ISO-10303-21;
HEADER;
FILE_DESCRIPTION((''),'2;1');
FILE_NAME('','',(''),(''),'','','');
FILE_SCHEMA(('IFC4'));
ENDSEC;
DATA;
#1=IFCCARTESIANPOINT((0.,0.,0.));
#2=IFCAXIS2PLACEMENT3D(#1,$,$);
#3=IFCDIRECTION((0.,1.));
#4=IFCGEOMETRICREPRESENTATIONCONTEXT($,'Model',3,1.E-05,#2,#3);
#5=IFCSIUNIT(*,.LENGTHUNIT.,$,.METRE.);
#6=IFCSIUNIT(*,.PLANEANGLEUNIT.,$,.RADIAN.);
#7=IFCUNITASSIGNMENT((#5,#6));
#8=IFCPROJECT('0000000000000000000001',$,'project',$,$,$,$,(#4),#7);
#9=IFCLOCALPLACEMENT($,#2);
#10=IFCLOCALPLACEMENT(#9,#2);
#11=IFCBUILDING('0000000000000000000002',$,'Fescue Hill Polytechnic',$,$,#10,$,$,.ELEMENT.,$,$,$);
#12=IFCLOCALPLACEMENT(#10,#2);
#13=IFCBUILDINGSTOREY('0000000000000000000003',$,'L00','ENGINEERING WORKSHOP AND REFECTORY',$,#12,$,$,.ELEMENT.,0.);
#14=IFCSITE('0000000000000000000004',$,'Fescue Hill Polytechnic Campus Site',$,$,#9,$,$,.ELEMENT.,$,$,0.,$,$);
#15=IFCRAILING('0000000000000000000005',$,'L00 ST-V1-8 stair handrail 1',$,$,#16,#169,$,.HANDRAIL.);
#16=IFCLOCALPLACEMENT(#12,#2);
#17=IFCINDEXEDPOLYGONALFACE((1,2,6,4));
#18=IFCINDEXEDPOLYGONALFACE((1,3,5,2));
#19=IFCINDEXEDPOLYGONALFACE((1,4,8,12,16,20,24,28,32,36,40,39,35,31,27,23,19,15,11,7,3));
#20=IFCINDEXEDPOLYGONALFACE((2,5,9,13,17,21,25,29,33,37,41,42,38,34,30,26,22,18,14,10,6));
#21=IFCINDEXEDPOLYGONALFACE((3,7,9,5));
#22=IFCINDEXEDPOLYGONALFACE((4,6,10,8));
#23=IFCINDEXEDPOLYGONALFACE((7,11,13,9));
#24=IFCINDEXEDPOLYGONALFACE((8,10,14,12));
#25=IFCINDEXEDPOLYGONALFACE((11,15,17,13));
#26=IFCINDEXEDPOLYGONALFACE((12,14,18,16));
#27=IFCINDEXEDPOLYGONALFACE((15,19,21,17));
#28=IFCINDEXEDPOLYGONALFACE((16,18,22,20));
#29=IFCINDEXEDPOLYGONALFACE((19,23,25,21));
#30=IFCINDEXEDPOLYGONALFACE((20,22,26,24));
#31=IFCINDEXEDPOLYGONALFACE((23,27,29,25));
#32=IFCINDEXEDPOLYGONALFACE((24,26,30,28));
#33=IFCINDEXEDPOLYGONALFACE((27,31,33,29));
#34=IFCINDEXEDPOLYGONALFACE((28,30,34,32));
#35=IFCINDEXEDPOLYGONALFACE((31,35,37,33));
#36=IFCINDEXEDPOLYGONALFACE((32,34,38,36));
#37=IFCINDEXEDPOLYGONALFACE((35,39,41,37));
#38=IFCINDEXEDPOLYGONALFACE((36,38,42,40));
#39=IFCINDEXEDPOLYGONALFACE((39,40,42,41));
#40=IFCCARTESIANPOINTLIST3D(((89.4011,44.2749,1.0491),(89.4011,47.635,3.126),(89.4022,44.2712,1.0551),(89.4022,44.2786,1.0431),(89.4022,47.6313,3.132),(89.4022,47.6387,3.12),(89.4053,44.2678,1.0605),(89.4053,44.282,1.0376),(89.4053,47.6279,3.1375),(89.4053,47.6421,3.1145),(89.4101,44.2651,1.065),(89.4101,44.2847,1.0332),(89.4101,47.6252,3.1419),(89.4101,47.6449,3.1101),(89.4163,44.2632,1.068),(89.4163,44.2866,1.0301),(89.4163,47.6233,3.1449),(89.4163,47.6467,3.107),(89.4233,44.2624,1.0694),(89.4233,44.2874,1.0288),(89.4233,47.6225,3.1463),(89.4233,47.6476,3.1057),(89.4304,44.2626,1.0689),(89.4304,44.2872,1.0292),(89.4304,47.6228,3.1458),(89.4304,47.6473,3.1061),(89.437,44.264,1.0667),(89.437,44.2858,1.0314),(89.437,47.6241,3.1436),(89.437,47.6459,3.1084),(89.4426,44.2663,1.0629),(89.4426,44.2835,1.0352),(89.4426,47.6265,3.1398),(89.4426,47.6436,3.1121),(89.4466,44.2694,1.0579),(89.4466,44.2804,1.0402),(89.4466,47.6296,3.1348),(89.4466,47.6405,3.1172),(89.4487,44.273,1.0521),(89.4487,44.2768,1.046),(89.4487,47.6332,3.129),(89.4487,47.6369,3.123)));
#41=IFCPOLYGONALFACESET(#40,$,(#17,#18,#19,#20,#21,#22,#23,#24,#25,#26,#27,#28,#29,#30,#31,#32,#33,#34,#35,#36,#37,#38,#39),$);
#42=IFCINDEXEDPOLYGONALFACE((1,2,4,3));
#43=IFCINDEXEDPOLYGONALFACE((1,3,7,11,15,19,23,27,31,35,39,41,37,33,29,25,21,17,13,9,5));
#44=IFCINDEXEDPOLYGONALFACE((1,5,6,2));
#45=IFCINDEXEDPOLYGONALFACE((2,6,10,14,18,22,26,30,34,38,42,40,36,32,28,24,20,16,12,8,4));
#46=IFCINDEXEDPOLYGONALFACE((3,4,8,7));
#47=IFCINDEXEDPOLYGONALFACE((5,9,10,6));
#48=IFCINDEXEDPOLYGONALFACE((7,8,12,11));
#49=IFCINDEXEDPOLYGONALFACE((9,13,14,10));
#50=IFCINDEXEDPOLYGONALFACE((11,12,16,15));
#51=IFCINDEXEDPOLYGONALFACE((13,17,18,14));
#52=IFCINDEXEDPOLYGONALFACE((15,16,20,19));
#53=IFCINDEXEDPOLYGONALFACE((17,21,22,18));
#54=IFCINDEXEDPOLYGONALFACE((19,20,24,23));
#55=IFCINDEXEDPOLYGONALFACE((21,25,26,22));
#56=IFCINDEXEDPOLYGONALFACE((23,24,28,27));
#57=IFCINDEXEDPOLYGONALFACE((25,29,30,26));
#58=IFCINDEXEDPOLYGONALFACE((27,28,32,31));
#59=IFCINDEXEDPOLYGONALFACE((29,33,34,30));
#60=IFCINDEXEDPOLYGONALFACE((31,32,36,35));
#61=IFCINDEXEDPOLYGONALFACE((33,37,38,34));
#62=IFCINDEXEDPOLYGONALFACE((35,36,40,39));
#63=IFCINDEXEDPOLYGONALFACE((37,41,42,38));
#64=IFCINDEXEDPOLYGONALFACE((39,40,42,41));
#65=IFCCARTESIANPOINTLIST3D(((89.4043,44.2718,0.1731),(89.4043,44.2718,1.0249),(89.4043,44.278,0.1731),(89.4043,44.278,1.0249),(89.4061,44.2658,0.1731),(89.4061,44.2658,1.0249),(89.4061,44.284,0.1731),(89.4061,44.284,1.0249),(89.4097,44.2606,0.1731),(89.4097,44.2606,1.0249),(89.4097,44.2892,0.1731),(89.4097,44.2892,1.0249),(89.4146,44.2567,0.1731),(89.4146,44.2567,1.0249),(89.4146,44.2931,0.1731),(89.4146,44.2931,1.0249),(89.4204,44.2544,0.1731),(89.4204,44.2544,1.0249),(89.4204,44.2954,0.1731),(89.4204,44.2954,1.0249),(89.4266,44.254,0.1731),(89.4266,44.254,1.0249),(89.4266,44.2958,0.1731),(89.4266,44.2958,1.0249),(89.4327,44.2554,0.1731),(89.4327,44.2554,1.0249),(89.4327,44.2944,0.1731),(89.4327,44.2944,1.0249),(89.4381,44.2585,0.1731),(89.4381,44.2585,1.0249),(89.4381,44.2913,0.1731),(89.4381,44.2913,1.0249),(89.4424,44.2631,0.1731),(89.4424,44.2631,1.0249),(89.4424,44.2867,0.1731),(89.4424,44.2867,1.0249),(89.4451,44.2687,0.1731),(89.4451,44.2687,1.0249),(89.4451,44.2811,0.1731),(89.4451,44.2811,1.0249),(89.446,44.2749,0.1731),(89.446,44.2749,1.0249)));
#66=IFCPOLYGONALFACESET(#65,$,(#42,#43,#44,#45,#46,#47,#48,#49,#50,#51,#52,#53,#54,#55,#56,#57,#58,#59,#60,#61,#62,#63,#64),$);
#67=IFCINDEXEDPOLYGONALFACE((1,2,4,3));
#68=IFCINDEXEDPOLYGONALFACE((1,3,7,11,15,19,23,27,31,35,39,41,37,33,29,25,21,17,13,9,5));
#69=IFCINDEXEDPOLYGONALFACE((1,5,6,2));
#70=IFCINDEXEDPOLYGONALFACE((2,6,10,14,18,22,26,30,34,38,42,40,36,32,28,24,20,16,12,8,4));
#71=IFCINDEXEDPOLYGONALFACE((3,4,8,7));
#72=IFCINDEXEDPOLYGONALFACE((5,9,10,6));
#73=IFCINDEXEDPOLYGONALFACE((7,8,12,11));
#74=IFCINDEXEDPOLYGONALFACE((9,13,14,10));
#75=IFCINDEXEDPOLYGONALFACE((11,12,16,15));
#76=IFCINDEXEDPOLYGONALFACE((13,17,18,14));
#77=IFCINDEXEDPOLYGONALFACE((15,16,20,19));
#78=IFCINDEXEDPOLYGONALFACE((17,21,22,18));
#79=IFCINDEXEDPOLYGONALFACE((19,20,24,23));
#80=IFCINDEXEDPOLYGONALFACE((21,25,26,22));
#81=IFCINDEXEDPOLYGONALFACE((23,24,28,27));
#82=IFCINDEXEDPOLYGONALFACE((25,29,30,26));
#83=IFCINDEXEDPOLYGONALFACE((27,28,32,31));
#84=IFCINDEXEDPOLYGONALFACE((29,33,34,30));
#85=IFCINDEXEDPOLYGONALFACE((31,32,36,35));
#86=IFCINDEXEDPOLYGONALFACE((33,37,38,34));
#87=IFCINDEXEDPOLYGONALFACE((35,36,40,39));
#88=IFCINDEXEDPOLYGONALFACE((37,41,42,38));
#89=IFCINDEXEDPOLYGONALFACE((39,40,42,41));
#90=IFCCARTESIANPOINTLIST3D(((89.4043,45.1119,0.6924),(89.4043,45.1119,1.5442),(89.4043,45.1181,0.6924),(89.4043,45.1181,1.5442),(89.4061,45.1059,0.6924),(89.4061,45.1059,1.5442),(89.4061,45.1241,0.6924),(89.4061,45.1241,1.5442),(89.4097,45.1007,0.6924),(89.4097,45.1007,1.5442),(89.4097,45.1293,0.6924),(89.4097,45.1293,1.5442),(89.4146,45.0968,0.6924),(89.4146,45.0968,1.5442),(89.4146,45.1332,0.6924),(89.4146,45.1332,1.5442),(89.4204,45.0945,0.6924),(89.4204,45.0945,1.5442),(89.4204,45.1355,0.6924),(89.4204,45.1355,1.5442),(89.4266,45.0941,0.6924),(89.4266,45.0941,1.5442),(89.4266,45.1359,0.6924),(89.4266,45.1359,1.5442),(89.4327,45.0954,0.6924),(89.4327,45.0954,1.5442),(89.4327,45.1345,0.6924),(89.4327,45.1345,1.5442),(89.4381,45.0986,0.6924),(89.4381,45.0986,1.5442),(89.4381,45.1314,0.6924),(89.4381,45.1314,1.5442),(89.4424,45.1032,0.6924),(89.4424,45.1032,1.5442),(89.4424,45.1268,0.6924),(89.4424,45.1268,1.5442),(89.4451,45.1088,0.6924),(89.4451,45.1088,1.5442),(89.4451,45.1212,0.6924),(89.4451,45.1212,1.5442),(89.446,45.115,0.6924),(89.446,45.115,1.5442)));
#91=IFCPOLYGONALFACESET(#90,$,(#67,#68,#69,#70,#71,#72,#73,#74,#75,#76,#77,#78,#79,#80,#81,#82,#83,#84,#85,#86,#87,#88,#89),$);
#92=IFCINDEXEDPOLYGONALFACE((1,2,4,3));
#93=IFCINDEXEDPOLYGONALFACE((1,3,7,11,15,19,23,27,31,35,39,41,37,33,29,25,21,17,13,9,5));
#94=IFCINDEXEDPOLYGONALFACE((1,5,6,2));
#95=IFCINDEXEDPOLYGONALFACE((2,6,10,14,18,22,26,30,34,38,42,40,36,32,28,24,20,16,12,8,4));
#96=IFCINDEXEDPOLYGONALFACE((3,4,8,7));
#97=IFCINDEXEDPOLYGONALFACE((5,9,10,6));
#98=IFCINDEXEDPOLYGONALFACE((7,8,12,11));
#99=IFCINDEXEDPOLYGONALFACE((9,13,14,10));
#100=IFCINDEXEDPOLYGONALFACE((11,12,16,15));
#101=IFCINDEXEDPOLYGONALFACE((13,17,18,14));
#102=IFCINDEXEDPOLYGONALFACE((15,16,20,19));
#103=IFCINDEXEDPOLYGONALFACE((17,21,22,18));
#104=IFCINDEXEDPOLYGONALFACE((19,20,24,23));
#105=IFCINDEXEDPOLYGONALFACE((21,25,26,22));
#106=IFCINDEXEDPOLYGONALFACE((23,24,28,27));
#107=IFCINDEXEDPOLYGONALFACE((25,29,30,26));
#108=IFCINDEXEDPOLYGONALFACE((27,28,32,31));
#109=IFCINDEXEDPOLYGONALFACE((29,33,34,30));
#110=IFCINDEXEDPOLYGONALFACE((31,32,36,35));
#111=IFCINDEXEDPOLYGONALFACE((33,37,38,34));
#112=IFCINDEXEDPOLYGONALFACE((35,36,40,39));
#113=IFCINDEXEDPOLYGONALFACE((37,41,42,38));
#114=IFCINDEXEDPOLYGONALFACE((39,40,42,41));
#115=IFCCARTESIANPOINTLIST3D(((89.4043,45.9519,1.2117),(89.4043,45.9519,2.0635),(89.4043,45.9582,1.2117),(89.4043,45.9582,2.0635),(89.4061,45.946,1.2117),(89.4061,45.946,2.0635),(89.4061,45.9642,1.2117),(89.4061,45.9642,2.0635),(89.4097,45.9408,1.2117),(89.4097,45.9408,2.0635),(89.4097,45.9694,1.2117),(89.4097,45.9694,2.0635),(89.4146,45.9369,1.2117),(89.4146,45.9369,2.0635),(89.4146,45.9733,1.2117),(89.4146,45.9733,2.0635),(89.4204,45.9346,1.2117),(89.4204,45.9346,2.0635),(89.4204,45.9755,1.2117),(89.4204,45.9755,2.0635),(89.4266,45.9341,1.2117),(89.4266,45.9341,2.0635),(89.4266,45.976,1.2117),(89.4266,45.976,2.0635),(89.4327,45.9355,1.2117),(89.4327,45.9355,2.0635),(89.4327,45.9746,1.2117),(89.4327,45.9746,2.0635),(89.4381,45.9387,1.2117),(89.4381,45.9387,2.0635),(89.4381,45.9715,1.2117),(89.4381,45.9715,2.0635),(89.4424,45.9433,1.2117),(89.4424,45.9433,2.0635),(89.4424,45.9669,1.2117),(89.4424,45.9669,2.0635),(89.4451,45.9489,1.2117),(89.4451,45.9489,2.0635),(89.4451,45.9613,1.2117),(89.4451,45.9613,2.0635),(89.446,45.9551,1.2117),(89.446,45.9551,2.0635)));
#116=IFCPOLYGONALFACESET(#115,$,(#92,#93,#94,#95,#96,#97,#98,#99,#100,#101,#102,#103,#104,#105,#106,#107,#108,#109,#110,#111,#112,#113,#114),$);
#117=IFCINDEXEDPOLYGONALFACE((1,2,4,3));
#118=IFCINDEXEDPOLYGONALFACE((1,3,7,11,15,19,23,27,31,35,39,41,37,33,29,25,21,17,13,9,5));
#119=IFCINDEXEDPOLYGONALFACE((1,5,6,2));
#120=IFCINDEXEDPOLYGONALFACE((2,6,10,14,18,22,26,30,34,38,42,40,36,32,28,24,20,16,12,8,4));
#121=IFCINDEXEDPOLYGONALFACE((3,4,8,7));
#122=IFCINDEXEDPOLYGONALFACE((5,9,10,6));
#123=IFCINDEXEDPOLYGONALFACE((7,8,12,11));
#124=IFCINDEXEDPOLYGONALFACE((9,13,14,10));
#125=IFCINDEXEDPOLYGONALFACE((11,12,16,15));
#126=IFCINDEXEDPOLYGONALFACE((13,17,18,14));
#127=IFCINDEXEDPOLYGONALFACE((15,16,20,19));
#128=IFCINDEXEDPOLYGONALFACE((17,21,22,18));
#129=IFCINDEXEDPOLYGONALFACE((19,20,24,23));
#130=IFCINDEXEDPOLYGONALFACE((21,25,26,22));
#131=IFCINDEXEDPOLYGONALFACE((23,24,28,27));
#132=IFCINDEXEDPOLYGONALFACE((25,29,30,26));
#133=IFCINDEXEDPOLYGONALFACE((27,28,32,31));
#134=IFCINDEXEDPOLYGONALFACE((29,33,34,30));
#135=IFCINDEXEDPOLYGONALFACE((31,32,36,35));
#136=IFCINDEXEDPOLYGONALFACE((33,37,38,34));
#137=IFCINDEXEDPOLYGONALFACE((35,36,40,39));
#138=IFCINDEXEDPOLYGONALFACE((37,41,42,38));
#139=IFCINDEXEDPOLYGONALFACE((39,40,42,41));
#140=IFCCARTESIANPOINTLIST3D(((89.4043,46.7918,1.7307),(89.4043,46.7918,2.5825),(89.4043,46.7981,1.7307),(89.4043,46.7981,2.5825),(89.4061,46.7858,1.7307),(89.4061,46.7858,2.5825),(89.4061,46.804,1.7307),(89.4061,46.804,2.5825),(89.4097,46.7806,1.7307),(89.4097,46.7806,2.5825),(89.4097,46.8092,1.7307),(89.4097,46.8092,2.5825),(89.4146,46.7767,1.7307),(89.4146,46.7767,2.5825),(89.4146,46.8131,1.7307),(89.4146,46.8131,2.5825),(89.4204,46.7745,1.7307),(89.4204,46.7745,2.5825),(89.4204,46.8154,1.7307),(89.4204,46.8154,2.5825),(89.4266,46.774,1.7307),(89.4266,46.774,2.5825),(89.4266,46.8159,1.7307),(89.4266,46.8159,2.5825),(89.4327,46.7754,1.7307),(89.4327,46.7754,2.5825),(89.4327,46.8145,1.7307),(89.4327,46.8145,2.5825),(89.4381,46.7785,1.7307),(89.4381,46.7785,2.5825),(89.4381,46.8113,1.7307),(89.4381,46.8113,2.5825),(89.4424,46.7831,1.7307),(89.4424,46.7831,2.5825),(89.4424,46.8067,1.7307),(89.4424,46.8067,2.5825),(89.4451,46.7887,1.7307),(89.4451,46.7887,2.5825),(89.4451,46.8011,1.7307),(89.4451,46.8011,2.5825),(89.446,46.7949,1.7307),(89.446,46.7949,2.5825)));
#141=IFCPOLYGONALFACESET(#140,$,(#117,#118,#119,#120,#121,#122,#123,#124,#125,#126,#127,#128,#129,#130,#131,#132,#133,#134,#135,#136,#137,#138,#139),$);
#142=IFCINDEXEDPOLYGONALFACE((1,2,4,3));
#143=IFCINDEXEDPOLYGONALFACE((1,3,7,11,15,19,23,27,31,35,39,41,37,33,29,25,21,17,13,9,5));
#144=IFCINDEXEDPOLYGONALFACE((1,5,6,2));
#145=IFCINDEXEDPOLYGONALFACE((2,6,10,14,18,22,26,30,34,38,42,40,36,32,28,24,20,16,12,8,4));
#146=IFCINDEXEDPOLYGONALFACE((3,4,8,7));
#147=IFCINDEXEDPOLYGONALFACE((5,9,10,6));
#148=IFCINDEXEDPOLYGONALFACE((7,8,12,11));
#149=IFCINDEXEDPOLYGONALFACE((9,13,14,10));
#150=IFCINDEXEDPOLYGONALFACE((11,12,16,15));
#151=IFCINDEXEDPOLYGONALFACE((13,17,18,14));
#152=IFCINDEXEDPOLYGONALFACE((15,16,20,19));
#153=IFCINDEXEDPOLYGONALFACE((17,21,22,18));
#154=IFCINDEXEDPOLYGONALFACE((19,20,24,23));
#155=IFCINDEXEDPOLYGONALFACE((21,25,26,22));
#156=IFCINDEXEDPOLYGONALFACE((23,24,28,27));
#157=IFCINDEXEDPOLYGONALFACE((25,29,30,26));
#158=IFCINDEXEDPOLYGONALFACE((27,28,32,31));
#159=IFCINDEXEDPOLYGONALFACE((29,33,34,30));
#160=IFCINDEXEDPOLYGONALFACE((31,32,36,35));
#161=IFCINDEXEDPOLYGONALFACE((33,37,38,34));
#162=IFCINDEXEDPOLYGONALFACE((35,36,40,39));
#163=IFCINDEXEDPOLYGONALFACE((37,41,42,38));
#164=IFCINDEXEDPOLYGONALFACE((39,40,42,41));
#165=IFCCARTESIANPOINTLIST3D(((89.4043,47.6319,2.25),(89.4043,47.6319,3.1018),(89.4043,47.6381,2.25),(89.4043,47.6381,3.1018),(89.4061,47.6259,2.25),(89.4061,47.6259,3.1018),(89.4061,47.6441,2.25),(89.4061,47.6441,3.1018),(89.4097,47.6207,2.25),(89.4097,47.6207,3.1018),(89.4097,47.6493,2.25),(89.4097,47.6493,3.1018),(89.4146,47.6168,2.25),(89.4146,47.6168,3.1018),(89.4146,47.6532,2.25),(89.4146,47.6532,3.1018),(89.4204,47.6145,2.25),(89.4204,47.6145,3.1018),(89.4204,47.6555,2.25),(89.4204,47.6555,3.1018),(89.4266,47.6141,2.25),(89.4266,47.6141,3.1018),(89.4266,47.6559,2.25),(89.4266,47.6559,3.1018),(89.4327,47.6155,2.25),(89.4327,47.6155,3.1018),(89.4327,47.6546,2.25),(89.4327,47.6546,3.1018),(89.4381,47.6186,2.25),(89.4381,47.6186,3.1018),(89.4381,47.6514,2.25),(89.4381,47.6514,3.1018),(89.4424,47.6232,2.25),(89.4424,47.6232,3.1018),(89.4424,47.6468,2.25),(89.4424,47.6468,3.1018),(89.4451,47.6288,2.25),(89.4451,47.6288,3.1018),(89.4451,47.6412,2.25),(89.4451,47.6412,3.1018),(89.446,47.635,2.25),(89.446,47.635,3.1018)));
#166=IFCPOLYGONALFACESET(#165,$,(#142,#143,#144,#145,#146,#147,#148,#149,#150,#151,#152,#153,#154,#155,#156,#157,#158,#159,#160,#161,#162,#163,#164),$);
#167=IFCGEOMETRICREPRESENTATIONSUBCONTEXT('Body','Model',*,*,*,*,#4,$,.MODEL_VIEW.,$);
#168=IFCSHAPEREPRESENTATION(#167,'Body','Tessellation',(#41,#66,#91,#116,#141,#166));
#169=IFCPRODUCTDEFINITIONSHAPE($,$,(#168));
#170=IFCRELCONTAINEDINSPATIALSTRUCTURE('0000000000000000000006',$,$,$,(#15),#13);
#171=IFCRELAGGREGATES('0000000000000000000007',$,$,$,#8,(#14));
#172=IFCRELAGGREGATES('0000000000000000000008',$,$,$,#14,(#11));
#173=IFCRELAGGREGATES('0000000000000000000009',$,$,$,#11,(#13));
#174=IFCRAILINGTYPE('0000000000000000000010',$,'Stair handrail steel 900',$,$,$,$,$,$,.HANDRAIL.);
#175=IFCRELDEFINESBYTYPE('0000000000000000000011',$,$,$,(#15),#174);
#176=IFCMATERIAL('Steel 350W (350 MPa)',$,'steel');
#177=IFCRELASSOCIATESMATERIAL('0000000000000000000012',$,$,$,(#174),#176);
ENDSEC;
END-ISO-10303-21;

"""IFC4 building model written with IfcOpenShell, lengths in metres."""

from ifc_helpers import new_model, si_unit, direction, frame, origin, origin_2d, place, context, subcontext, project, spatial, circle, extrude, material, type_object, element, save


model = new_model("IFC4")

# Units and contexts
model_context = context("Model", 3, precision=1e-05, world=origin(), true_north=direction((0.0, 1.0)))
body_context = subcontext(model_context, "Body", "Model", "MODEL_VIEW")
ifc_project = project(units=[si_unit("LENGTHUNIT", "METRE"), si_unit("PLANEANGLEUNIT", "RADIAN")], contexts=[model_context])

# Site, building, storey
site_placement = place(None, origin())
site = spatial("IfcSite", under=ifc_project, at=site_placement, Name="Fescue Hill Polytechnic Campus Site", CompositionType="ELEMENT", RefElevation=0.0)
building_placement = place(site_placement, origin())
building = spatial("IfcBuilding", under=site, at=building_placement, Name="Fescue Hill Polytechnic", CompositionType="ELEMENT")
storey_placement = place(building_placement, origin())
storey = spatial("IfcBuildingStorey", under=building, at=storey_placement, Name="L00", Description="ENGINEERING WORKSHOP AND REFECTORY", CompositionType="ELEMENT", Elevation=0.0)

# Railing
ifc_material_1 = material(Name="Steel 350W (350 MPa)", Category="steel")
railing_type_1 = type_object("IfcRailingType", Name="Stair handrail steel 900", PredefinedType="HANDRAIL", material=ifc_material_1)
railing_1_placement = place(storey_placement, frame((89.425, 44.2749, 0.1731)))
element("IfcRailing", 1, at=railing_1_placement, inside=storey, type_object=railing_type_1, Name="L00 ST-V1-8 stair handrail 1", PredefinedType="HANDRAIL", context=body_context, shape_type="SweptSolid", body=[
    extrude(circle(Radius=0.0239, at=origin_2d()), frame((0.0, 0.0, 0.876), z_axis=(0.0, 0.850623, 0.525776), x_axis=(-1.0, 0.0, 0.0)), (0.0, 0.0, 1.0), 3.9502),
    extrude(circle(Radius=0.021, at=origin_2d()), origin(), (0.0, 0.0, 1.0), 0.8518),
    extrude(circle(Radius=0.021, at=origin_2d()), frame((0.0, 0.8401, 0.5193)), (0.0, 0.0, 1.0), 0.8518),
    extrude(circle(Radius=0.021, at=origin_2d()), frame((0.0, 1.6802, 1.0386)), (0.0, 0.0, 1.0), 0.8518),
    extrude(circle(Radius=0.021, at=origin_2d()), frame((0.0, 2.52, 1.5576)), (0.0, 0.0, 1.0), 0.8518),
    extrude(circle(Radius=0.021, at=origin_2d()), frame((0.0, 3.3601, 2.0769)), (0.0, 0.0, 1.0), 0.8518),
])

save(model, "model.ifc")
